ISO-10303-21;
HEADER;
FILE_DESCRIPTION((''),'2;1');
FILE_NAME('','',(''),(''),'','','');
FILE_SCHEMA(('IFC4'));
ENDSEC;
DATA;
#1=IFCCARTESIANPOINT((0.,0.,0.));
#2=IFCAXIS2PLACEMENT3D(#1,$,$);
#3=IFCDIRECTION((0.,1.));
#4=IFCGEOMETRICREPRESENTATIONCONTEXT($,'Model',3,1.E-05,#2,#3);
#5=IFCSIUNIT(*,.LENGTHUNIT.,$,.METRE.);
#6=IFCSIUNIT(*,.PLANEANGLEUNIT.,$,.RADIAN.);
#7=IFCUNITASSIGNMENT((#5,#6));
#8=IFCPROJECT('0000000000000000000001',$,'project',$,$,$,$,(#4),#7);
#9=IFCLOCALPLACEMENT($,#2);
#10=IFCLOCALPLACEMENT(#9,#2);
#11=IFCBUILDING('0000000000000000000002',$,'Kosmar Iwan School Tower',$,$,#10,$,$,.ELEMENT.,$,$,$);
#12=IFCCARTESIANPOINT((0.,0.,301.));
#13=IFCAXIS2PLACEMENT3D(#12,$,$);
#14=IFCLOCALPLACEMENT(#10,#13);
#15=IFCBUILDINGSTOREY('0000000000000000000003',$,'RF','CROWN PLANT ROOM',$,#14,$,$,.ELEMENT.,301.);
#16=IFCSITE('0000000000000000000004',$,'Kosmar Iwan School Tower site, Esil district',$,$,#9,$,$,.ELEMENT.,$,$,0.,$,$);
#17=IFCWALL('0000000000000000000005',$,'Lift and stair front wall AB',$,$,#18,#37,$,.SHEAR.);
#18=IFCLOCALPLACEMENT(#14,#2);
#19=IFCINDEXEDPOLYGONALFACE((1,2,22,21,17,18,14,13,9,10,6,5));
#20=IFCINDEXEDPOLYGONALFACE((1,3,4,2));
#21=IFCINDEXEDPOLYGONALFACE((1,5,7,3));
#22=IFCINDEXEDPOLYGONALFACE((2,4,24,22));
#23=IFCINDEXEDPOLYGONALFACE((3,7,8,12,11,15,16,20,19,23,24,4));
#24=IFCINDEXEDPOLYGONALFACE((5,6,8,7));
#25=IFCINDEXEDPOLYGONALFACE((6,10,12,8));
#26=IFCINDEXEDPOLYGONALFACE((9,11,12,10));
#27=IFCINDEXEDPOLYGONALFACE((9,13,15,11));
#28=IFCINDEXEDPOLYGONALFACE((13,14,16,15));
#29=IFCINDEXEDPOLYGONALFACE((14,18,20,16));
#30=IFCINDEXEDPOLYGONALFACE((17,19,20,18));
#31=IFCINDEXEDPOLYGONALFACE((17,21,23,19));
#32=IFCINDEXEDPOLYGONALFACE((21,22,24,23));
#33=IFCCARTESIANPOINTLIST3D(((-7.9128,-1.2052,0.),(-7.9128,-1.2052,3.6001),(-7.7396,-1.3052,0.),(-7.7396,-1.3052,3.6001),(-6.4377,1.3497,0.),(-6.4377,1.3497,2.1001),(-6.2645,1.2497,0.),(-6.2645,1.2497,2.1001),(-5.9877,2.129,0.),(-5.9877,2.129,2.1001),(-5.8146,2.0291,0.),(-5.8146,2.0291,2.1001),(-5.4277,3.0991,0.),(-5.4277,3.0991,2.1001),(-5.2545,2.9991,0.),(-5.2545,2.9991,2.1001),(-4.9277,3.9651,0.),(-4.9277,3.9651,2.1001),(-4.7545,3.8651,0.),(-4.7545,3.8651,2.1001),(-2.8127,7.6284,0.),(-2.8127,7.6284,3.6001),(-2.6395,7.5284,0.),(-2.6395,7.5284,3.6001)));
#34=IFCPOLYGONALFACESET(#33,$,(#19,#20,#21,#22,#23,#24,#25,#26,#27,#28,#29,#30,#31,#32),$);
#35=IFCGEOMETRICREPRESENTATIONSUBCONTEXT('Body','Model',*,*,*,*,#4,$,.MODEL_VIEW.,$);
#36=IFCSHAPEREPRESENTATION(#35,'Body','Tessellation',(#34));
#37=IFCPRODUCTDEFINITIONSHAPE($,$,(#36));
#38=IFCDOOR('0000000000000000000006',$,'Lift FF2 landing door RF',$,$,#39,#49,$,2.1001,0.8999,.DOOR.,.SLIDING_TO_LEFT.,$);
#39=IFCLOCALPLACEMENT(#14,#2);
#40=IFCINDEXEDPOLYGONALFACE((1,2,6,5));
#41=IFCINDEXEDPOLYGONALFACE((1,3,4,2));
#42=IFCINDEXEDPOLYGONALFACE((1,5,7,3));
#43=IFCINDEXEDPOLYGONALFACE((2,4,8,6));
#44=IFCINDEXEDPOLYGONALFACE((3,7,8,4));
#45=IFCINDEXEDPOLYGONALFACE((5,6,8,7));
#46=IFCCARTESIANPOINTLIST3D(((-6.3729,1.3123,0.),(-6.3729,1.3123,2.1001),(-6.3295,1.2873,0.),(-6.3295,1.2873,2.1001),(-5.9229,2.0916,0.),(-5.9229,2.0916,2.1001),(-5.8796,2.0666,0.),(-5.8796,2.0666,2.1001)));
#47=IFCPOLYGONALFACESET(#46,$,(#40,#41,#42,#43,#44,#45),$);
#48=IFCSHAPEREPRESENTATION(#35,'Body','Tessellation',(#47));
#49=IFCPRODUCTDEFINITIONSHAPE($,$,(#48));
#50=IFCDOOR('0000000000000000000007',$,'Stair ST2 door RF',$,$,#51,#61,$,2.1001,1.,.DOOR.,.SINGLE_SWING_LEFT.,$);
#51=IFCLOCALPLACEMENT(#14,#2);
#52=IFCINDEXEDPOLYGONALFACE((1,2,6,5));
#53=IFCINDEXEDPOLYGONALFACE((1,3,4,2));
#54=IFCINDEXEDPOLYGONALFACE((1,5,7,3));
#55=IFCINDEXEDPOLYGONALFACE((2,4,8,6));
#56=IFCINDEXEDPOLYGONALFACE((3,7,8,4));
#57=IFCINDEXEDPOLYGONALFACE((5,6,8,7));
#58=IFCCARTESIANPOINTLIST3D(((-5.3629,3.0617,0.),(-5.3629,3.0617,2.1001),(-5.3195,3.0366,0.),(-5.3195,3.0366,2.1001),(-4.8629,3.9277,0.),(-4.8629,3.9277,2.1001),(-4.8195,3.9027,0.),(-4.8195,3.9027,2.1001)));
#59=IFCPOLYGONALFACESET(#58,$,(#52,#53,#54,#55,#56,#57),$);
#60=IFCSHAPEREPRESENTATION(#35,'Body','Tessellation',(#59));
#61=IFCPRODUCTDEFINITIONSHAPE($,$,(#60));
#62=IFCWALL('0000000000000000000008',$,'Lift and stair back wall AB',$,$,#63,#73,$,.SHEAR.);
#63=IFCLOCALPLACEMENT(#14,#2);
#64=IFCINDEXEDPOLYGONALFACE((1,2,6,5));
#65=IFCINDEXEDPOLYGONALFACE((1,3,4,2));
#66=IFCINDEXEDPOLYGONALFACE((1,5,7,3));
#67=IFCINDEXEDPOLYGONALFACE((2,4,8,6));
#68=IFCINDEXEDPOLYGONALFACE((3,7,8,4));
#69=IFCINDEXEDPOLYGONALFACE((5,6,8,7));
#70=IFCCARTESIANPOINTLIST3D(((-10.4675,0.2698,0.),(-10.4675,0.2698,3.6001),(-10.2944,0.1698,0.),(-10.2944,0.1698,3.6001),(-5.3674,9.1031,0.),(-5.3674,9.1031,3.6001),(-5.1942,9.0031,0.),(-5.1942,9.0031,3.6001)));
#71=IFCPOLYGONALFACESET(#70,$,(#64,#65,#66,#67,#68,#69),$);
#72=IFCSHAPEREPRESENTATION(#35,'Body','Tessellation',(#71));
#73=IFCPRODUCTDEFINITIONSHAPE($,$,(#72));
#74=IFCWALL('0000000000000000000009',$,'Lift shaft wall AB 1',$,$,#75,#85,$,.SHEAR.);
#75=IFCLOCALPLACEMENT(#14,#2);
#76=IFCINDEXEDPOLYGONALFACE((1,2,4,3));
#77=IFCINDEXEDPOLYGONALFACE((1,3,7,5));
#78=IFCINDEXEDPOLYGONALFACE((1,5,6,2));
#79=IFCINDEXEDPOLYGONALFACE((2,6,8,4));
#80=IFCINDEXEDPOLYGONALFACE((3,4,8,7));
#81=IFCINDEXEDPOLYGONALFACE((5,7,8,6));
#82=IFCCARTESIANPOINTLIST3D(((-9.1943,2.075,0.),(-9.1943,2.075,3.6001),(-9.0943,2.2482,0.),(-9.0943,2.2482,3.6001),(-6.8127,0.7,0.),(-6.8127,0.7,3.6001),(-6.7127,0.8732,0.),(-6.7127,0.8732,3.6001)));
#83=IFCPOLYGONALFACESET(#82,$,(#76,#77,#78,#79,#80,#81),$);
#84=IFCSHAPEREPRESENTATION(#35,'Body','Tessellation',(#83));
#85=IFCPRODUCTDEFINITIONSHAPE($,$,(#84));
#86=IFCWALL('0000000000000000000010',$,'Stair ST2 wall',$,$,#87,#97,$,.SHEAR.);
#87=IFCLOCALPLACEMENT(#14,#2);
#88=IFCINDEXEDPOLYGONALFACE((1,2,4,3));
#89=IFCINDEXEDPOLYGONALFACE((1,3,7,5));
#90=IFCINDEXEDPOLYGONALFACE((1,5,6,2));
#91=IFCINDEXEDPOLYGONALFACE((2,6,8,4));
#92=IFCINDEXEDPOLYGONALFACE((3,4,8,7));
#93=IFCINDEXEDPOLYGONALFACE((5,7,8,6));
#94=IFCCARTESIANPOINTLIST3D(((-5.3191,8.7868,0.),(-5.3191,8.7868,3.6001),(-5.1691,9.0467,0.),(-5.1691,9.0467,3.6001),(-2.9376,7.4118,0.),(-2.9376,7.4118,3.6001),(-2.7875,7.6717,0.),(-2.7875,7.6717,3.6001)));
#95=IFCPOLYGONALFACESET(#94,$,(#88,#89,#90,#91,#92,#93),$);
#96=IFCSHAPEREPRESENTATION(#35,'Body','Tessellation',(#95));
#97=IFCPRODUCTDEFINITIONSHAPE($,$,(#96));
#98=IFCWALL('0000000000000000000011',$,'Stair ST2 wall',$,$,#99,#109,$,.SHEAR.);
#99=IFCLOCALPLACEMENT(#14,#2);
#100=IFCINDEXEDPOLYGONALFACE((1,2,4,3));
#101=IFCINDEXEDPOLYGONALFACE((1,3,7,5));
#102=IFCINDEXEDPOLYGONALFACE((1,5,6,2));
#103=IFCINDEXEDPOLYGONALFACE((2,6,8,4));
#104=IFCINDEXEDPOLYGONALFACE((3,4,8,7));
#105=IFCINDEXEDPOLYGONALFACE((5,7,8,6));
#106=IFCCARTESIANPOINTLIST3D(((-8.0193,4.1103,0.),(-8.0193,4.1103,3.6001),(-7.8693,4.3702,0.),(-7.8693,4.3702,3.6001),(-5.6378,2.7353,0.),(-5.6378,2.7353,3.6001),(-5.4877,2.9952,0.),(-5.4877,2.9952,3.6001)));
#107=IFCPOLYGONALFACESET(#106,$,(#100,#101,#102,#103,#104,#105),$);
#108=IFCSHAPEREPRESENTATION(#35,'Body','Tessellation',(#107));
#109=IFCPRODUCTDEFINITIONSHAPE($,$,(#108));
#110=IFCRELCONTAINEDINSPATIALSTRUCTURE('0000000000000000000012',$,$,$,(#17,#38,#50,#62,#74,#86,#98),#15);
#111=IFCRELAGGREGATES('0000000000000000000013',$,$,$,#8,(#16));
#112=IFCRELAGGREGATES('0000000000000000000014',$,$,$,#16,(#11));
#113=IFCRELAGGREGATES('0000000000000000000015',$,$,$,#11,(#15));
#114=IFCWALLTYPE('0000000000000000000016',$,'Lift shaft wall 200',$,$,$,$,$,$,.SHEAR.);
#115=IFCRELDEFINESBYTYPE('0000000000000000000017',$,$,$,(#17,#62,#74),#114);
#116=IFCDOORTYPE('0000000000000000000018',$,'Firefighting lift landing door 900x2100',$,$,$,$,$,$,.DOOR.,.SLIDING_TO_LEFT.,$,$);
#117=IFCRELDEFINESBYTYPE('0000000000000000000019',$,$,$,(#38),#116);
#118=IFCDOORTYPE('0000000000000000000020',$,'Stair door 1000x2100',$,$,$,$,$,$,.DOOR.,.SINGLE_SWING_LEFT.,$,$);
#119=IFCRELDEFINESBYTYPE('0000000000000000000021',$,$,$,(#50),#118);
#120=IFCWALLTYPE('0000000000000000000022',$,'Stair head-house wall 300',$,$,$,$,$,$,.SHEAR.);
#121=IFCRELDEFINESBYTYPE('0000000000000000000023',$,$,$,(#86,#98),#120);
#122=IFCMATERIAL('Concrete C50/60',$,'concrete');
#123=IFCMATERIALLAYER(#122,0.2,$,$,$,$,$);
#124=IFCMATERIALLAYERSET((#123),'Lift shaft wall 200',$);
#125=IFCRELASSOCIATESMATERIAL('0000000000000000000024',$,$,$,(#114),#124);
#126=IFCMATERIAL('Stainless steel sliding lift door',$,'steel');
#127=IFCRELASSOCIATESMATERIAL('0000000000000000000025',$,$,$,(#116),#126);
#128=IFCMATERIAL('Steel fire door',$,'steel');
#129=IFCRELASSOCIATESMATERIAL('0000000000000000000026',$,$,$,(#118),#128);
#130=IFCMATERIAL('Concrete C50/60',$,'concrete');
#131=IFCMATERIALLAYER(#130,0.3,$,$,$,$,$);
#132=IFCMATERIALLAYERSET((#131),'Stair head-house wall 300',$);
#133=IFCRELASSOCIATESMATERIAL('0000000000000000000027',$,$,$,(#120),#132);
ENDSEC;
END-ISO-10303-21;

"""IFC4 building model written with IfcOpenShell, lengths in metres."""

from ifc_helpers import new_model, si_unit, direction, frame, frame_2d, origin, place, context, subcontext, project, spatial, rectangle, extrude, material, layer, layer_set, type_object, element, fill, save


model = new_model("IFC4")

# Units and contexts
model_context = context("Model", 3, precision=1e-05, world=origin(), true_north=direction((0.0, 1.0)))
body_context = subcontext(model_context, "Body", "Model", "MODEL_VIEW")
ifc_project = project(units=[si_unit("LENGTHUNIT", "METRE"), si_unit("PLANEANGLEUNIT", "RADIAN")], contexts=[model_context])

# Site, building, storey
site_placement = place(None, origin())
site = spatial("IfcSite", under=ifc_project, at=site_placement, Name="Kosmar Iwan School Tower site, Esil district", CompositionType="ELEMENT", RefElevation=0.0)
building_placement = place(site_placement, origin())
building = spatial("IfcBuilding", under=site, at=building_placement, Name="Kosmar Iwan School Tower", CompositionType="ELEMENT")
storey_placement = place(building_placement, frame((0.0, 0.0, 301.0)))
storey = spatial("IfcBuildingStorey", under=building, at=storey_placement, Name="RF", Description="CROWN PLANT ROOM", CompositionType="ELEMENT", Elevation=301.0)

# Wall, openings, doors
ifc_material_1 = material(Name="Concrete C50/60", Category="concrete")
ifc_layer_1 = layer(ifc_material_1, 0.2)
ifc_layer_set_1 = layer_set([ifc_layer_1], Name="Lift shaft wall 200")
wall_type_1 = type_object("IfcWallType", Name="Lift shaft wall 200", PredefinedType="SHEAR", material=ifc_layer_set_1)
wall_1_placement = place(storey_placement, frame((-2.7261, 7.5784, 0.0), z_axis=(0.0, 0.0, 1.0), x_axis=(-0.500006, -0.866022, 0.0)))
wall_1 = element("IfcWall", 1, at=wall_1_placement, inside=storey, type_object=wall_type_1, Name="Lift and stair front wall AB", PredefinedType="SHEAR", context=body_context, shape_type="SweptSolid", body=[
    extrude(rectangle(XDim=10.2002, YDim=0.2, at=frame_2d((5.1001, 0.0))), origin(), (0.0, 0.0, 1.0), 3.6001),
])
opening_1_placement = place(wall_1_placement, frame((6.3501, 0.0, 0.0)))
opening_1 = element("IfcOpeningElement", 2, at=opening_1_placement, cuts=wall_1, PredefinedType="OPENING", context=body_context, shape_type="SweptSolid", body=[
    extrude(rectangle(XDim=0.8999, YDim=2.1001, at=frame_2d((0.45, 1.05))), frame((0.0, 0.1121, 0.0), z_axis=(0.0, -1.0, 0.0), x_axis=(1.0, 0.0, 0.0)), (0.0, 0.0, 1.0), 0.2239),
])
opening_2_placement = place(wall_1_placement, frame((4.23, 0.0, 0.0)))
opening_2 = element("IfcOpeningElement", 3, at=opening_2_placement, cuts=wall_1, PredefinedType="OPENING", context=body_context, shape_type="SweptSolid", body=[
    extrude(rectangle(XDim=1.0, YDim=2.1001, at=frame_2d((0.5, 1.05))), frame((0.0, 0.1121, 0.0), z_axis=(0.0, -1.0, 0.0), x_axis=(1.0, 0.0, 0.0)), (0.0, 0.0, 1.0), 0.2239),
])
ifc_material_2 = material(Name="Stainless steel sliding lift door", Category="steel")
door_type_1 = type_object("IfcDoorType", Name="Firefighting lift landing door 900x2100", OperationType="SLIDING_TO_LEFT", PredefinedType="DOOR", material=ifc_material_2)
door_1_placement = place(opening_1_placement, origin())
door_1 = element("IfcDoor", 4, at=door_1_placement, inside=storey, type_object=door_type_1, Name="Lift FF2 landing door RF", OperationType="SLIDING_TO_LEFT", OverallHeight=2.1001, OverallWidth=0.8999, PredefinedType="DOOR", context=body_context, shape_type="SweptSolid", body=[
    extrude(rectangle(XDim=0.8999, YDim=2.1001, at=frame_2d((0.45, 1.05))), frame((0.0, 0.0249, 0.0), z_axis=(0.0, -1.0, 0.0), x_axis=(1.0, 0.0, 0.0)), (0.0, 0.0, 1.0), 0.05),
])
fill(opening_1, door_1)
ifc_material_3 = material(Name="Steel fire door", Category="steel")
door_type_2 = type_object("IfcDoorType", Name="Stair door 1000x2100", OperationType="SINGLE_SWING_LEFT", PredefinedType="DOOR", material=ifc_material_3)
door_2_placement = place(opening_2_placement, origin())
door_2 = element("IfcDoor", 5, at=door_2_placement, inside=storey, type_object=door_type_2, Name="Stair ST2 door RF", OperationType="SINGLE_SWING_LEFT", OverallHeight=2.1001, OverallWidth=1.0, PredefinedType="DOOR", context=body_context, shape_type="SweptSolid", body=[
    extrude(rectangle(XDim=1.0, YDim=2.1001, at=frame_2d((0.5, 1.05))), frame((0.0, 0.0249, 0.0), z_axis=(0.0, -1.0, 0.0), x_axis=(1.0, 0.0, 0.0)), (0.0, 0.0, 1.0), 0.05),
])
fill(opening_2, door_2)

# Walls
wall_2_placement = place(storey_placement, frame((-5.2808, 9.0532, 0.0), z_axis=(0.0, 0.0, 1.0), x_axis=(-0.500016, -0.866016, 0.0)))
element("IfcWall", 6, at=wall_2_placement, inside=storey, type_object=wall_type_1, Name="Lift and stair back wall AB", PredefinedType="SHEAR", context=body_context, shape_type="SweptSolid", body=[
    extrude(rectangle(XDim=10.2, YDim=0.2, at=frame_2d((5.1001, 0.0))), origin(), (0.0, 0.0, 1.0), 3.6001),
])
wall_3_placement = place(storey_placement, frame((-6.7627, 0.7866, 0.0), z_axis=(0.0, 0.0, 1.0), x_axis=(-0.866027, 0.499997, 0.0)))
element("IfcWall", 7, at=wall_3_placement, inside=storey, type_object=wall_type_1, Name="Lift shaft wall AB 1", PredefinedType="SHEAR", context=body_context, shape_type="SweptSolid", body=[
    extrude(rectangle(XDim=2.75, YDim=0.2, at=frame_2d((1.375, 0.0))), origin(), (0.0, 0.0, 1.0), 3.6001),
])
ifc_material_4 = material(Name="Concrete C50/60", Category="concrete")
ifc_layer_2 = layer(ifc_material_4, 0.3)
ifc_layer_set_2 = layer_set([ifc_layer_2], Name="Stair head-house wall 300")
wall_type_2 = type_object("IfcWallType", Name="Stair head-house wall 300", PredefinedType="SHEAR", material=ifc_layer_set_2)
for number, where, z_axis, x_axis, name in (
    (8, (-2.8625, 7.5417, 0.0), (0.0, 0.0, 1.0), (-0.866027, 0.499997, 0.0), "Stair ST2 wall"),
    (9, (-5.5627, 2.8652, 0.0), (0.0, 0.0, 1.0), (-0.866027, 0.499997, 0.0), "Stair ST2 wall"),
):
    element("IfcWall", number, at=place(storey_placement, frame(where, z_axis=z_axis, x_axis=x_axis)), inside=storey, type_object=wall_type_2, Name=name, PredefinedType="SHEAR", context=body_context, shape_type="SweptSolid", body=[
        extrude(rectangle(XDim=2.75, YDim=0.3, at=frame_2d((1.375, 0.0))), origin(), (0.0, 0.0, 1.0), 3.6001),
    ])

save(model, "model.ifc")
